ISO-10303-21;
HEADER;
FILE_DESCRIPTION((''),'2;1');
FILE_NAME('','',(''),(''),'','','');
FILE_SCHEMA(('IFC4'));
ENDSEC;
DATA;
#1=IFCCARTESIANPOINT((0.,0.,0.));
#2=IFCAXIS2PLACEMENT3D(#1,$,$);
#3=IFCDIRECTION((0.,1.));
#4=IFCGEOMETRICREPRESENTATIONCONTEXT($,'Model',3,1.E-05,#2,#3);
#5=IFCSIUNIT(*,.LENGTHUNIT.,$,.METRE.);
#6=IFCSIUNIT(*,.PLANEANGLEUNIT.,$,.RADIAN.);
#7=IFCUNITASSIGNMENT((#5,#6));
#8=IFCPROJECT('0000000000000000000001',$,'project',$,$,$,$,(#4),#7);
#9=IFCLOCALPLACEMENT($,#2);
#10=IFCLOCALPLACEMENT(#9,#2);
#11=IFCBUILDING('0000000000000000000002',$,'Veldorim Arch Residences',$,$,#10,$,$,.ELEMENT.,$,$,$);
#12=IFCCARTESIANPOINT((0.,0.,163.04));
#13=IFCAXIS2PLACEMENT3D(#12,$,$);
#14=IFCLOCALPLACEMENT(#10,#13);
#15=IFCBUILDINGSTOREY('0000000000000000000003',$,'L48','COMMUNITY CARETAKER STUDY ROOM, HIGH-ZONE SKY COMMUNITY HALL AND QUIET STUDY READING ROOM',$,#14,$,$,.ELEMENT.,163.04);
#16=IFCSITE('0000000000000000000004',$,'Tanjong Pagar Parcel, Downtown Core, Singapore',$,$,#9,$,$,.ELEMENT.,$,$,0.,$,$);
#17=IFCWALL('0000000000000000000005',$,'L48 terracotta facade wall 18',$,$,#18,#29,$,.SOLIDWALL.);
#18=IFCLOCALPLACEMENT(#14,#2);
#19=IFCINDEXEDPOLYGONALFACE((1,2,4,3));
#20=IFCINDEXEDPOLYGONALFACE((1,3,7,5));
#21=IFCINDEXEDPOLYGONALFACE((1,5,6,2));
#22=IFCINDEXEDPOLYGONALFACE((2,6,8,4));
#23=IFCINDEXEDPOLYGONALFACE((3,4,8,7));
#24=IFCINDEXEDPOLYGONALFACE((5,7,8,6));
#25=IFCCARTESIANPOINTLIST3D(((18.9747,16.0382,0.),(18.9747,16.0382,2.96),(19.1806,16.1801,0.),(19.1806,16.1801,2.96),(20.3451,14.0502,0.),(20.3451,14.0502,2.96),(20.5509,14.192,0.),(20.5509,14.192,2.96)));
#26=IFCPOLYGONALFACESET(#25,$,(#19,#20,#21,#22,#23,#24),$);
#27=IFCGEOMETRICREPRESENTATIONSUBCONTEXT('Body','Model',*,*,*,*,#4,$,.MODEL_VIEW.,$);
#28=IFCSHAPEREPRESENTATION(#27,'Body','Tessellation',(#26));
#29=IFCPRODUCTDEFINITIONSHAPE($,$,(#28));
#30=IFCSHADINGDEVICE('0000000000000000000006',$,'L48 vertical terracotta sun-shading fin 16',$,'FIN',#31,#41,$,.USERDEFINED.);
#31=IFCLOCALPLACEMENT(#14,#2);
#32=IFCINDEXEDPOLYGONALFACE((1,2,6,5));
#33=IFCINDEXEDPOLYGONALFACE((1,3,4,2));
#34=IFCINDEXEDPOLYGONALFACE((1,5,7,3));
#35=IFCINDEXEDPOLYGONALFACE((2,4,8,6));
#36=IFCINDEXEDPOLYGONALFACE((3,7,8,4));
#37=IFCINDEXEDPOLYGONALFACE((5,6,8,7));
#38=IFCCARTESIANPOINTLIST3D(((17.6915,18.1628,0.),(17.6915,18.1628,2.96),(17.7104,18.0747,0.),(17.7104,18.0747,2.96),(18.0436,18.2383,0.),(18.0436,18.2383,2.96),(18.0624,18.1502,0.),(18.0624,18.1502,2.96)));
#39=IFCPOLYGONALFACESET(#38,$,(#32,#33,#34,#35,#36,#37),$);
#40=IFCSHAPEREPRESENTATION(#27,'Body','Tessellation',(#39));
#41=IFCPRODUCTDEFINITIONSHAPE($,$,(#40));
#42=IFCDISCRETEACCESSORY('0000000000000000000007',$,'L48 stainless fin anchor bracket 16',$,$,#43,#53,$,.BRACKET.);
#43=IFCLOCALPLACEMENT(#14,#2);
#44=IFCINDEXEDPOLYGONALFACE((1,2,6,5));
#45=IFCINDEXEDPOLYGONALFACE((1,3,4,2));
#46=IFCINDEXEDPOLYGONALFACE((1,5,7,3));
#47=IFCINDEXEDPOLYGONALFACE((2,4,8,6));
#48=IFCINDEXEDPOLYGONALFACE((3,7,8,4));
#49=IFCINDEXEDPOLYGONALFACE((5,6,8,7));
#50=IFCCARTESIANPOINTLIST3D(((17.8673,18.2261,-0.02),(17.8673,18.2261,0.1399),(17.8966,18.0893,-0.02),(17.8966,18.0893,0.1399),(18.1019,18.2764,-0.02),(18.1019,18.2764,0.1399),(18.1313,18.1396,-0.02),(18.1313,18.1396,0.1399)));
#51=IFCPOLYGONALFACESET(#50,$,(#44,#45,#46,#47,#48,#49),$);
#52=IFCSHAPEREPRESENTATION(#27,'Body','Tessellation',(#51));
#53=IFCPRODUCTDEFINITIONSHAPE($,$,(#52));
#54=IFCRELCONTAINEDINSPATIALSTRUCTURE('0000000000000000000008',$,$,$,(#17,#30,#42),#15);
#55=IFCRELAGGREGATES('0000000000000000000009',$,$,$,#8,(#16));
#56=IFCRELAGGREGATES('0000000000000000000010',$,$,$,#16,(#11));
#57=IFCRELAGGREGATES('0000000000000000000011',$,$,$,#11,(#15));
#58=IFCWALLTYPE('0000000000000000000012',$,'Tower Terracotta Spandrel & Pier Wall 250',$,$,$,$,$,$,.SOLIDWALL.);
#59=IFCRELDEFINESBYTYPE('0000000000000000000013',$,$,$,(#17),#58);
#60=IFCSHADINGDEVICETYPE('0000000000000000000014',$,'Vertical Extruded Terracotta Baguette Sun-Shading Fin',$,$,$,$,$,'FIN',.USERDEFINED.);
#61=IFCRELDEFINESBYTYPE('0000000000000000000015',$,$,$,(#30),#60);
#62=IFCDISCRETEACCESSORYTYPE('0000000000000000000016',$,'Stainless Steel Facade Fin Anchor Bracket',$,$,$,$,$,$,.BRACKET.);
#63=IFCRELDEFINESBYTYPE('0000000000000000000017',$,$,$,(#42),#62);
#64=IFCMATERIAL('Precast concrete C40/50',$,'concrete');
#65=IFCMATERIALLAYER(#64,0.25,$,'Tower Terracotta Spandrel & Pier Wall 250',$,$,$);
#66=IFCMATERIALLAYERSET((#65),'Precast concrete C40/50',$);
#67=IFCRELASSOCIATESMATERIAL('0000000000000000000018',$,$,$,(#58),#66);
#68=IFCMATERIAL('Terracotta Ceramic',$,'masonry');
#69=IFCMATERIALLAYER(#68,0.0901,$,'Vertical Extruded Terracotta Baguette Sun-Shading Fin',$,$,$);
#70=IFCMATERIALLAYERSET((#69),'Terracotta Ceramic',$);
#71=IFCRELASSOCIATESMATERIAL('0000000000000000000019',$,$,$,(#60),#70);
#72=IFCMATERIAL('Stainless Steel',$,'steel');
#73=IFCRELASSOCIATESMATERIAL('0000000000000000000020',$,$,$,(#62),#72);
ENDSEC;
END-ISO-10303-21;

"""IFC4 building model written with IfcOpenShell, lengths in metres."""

from ifc_helpers import new_model, si_unit, direction, frame, frame_2d, origin, origin_2d, place, context, subcontext, project, spatial, rectangle, extrude, material, layer, layer_set, type_object, element, save


model = new_model("IFC4")

# Units and contexts
model_context = context("Model", 3, precision=1e-05, world=origin(), true_north=direction((0.0, 1.0)))
body_context = subcontext(model_context, "Body", "Model", "MODEL_VIEW")
ifc_project = project(units=[si_unit("LENGTHUNIT", "METRE"), si_unit("PLANEANGLEUNIT", "RADIAN")], contexts=[model_context])

# Site, building, storey
site_placement = place(None, origin())
site = spatial("IfcSite", under=ifc_project, at=site_placement, Name="Tanjong Pagar Parcel, Downtown Core, Singapore", CompositionType="ELEMENT", RefElevation=0.0)
building_placement = place(site_placement, origin())
building = spatial("IfcBuilding", under=site, at=building_placement, Name="Veldorim Arch Residences", CompositionType="ELEMENT")
storey_placement = place(building_placement, frame((0.0, 0.0, 163.04)))
storey = spatial("IfcBuildingStorey", under=building, at=storey_placement, Name="L48", Description="COMMUNITY CARETAKER STUDY ROOM, HIGH-ZONE SKY COMMUNITY HALL AND QUIET STUDY READING ROOM", CompositionType="ELEMENT", Elevation=163.04)

# Wall
ifc_material_1 = material(Name="Precast concrete C40/50", Category="concrete")
ifc_layer_1 = layer(ifc_material_1, 0.25, Name="Tower Terracotta Spandrel & Pier Wall 250")
ifc_layer_set_1 = layer_set([ifc_layer_1], Name="Precast concrete C40/50")
wall_type_1 = type_object("IfcWallType", Name="Tower Terracotta Spandrel & Pier Wall 250", PredefinedType="SOLIDWALL", material=ifc_layer_set_1)
wall_1_placement = place(storey_placement, frame((20.448, 14.1211, 0.0), z_axis=(0.0, 0.0, 1.0), x_axis=(-0.567537, 0.823348, 0.0)))
element("IfcWall", 1, at=wall_1_placement, inside=storey, type_object=wall_type_1, Name="L48 terracotta facade wall 18", PredefinedType="SOLIDWALL", context=body_context, shape_type="SweptSolid", body=[
    extrude(rectangle(XDim=2.4146, YDim=0.25, at=frame_2d((1.2073, 0.0))), origin(), (0.0, 0.0, 1.0), 2.96),
])

# Shading device
ifc_material_2 = material(Name="Terracotta Ceramic", Category="masonry")
ifc_layer_2 = layer(ifc_material_2, 0.0901, Name="Vertical Extruded Terracotta Baguette Sun-Shading Fin")
ifc_layer_set_2 = layer_set([ifc_layer_2], Name="Terracotta Ceramic")
shading_device_type = type_object("IfcShadingDeviceType", Name="Vertical Extruded Terracotta Baguette Sun-Shading Fin", ElementType="FIN", PredefinedType="USERDEFINED", material=ifc_layer_set_2)
shading_device_placement = place(storey_placement, frame((17.877, 18.1565, 0.0), z_axis=(0.0, 0.0, 1.0), x_axis=(-0.209789, 0.977747, 0.0)))
element("IfcShadingDevice", 2, at=shading_device_placement, inside=storey, type_object=shading_device_type, Name="L48 vertical terracotta sun-shading fin 16", ObjectType="FIN", PredefinedType="USERDEFINED", context=body_context, shape_type="SweptSolid", body=[
    extrude(rectangle(XDim=0.0901, YDim=0.3601, at=origin_2d()), origin(), (0.0, 0.0, 1.0), 2.96),
])

# Discrete accessory
ifc_material_3 = material(Name="Stainless Steel", Category="steel")
discrete_accessory_type = type_object("IfcDiscreteAccessoryType", Name="Stainless Steel Facade Fin Anchor Bracket", PredefinedType="BRACKET", material=ifc_material_3)
discrete_accessory_placement = place(storey_placement, frame((17.9993, 18.1829, -0.02), z_axis=(0.0, 0.0, 1.0), x_axis=(-0.209789, 0.977747, 0.0)))
element("IfcDiscreteAccessory", 3, at=discrete_accessory_placement, inside=storey, type_object=discrete_accessory_type, Name="L48 stainless fin anchor bracket 16", PredefinedType="BRACKET", context=body_context, shape_type="SweptSolid", body=[
    extrude(rectangle(XDim=0.1399, YDim=0.24, at=origin_2d()), origin(), (0.0, 0.0, 1.0), 0.1599),
])

save(model, "model.ifc")
